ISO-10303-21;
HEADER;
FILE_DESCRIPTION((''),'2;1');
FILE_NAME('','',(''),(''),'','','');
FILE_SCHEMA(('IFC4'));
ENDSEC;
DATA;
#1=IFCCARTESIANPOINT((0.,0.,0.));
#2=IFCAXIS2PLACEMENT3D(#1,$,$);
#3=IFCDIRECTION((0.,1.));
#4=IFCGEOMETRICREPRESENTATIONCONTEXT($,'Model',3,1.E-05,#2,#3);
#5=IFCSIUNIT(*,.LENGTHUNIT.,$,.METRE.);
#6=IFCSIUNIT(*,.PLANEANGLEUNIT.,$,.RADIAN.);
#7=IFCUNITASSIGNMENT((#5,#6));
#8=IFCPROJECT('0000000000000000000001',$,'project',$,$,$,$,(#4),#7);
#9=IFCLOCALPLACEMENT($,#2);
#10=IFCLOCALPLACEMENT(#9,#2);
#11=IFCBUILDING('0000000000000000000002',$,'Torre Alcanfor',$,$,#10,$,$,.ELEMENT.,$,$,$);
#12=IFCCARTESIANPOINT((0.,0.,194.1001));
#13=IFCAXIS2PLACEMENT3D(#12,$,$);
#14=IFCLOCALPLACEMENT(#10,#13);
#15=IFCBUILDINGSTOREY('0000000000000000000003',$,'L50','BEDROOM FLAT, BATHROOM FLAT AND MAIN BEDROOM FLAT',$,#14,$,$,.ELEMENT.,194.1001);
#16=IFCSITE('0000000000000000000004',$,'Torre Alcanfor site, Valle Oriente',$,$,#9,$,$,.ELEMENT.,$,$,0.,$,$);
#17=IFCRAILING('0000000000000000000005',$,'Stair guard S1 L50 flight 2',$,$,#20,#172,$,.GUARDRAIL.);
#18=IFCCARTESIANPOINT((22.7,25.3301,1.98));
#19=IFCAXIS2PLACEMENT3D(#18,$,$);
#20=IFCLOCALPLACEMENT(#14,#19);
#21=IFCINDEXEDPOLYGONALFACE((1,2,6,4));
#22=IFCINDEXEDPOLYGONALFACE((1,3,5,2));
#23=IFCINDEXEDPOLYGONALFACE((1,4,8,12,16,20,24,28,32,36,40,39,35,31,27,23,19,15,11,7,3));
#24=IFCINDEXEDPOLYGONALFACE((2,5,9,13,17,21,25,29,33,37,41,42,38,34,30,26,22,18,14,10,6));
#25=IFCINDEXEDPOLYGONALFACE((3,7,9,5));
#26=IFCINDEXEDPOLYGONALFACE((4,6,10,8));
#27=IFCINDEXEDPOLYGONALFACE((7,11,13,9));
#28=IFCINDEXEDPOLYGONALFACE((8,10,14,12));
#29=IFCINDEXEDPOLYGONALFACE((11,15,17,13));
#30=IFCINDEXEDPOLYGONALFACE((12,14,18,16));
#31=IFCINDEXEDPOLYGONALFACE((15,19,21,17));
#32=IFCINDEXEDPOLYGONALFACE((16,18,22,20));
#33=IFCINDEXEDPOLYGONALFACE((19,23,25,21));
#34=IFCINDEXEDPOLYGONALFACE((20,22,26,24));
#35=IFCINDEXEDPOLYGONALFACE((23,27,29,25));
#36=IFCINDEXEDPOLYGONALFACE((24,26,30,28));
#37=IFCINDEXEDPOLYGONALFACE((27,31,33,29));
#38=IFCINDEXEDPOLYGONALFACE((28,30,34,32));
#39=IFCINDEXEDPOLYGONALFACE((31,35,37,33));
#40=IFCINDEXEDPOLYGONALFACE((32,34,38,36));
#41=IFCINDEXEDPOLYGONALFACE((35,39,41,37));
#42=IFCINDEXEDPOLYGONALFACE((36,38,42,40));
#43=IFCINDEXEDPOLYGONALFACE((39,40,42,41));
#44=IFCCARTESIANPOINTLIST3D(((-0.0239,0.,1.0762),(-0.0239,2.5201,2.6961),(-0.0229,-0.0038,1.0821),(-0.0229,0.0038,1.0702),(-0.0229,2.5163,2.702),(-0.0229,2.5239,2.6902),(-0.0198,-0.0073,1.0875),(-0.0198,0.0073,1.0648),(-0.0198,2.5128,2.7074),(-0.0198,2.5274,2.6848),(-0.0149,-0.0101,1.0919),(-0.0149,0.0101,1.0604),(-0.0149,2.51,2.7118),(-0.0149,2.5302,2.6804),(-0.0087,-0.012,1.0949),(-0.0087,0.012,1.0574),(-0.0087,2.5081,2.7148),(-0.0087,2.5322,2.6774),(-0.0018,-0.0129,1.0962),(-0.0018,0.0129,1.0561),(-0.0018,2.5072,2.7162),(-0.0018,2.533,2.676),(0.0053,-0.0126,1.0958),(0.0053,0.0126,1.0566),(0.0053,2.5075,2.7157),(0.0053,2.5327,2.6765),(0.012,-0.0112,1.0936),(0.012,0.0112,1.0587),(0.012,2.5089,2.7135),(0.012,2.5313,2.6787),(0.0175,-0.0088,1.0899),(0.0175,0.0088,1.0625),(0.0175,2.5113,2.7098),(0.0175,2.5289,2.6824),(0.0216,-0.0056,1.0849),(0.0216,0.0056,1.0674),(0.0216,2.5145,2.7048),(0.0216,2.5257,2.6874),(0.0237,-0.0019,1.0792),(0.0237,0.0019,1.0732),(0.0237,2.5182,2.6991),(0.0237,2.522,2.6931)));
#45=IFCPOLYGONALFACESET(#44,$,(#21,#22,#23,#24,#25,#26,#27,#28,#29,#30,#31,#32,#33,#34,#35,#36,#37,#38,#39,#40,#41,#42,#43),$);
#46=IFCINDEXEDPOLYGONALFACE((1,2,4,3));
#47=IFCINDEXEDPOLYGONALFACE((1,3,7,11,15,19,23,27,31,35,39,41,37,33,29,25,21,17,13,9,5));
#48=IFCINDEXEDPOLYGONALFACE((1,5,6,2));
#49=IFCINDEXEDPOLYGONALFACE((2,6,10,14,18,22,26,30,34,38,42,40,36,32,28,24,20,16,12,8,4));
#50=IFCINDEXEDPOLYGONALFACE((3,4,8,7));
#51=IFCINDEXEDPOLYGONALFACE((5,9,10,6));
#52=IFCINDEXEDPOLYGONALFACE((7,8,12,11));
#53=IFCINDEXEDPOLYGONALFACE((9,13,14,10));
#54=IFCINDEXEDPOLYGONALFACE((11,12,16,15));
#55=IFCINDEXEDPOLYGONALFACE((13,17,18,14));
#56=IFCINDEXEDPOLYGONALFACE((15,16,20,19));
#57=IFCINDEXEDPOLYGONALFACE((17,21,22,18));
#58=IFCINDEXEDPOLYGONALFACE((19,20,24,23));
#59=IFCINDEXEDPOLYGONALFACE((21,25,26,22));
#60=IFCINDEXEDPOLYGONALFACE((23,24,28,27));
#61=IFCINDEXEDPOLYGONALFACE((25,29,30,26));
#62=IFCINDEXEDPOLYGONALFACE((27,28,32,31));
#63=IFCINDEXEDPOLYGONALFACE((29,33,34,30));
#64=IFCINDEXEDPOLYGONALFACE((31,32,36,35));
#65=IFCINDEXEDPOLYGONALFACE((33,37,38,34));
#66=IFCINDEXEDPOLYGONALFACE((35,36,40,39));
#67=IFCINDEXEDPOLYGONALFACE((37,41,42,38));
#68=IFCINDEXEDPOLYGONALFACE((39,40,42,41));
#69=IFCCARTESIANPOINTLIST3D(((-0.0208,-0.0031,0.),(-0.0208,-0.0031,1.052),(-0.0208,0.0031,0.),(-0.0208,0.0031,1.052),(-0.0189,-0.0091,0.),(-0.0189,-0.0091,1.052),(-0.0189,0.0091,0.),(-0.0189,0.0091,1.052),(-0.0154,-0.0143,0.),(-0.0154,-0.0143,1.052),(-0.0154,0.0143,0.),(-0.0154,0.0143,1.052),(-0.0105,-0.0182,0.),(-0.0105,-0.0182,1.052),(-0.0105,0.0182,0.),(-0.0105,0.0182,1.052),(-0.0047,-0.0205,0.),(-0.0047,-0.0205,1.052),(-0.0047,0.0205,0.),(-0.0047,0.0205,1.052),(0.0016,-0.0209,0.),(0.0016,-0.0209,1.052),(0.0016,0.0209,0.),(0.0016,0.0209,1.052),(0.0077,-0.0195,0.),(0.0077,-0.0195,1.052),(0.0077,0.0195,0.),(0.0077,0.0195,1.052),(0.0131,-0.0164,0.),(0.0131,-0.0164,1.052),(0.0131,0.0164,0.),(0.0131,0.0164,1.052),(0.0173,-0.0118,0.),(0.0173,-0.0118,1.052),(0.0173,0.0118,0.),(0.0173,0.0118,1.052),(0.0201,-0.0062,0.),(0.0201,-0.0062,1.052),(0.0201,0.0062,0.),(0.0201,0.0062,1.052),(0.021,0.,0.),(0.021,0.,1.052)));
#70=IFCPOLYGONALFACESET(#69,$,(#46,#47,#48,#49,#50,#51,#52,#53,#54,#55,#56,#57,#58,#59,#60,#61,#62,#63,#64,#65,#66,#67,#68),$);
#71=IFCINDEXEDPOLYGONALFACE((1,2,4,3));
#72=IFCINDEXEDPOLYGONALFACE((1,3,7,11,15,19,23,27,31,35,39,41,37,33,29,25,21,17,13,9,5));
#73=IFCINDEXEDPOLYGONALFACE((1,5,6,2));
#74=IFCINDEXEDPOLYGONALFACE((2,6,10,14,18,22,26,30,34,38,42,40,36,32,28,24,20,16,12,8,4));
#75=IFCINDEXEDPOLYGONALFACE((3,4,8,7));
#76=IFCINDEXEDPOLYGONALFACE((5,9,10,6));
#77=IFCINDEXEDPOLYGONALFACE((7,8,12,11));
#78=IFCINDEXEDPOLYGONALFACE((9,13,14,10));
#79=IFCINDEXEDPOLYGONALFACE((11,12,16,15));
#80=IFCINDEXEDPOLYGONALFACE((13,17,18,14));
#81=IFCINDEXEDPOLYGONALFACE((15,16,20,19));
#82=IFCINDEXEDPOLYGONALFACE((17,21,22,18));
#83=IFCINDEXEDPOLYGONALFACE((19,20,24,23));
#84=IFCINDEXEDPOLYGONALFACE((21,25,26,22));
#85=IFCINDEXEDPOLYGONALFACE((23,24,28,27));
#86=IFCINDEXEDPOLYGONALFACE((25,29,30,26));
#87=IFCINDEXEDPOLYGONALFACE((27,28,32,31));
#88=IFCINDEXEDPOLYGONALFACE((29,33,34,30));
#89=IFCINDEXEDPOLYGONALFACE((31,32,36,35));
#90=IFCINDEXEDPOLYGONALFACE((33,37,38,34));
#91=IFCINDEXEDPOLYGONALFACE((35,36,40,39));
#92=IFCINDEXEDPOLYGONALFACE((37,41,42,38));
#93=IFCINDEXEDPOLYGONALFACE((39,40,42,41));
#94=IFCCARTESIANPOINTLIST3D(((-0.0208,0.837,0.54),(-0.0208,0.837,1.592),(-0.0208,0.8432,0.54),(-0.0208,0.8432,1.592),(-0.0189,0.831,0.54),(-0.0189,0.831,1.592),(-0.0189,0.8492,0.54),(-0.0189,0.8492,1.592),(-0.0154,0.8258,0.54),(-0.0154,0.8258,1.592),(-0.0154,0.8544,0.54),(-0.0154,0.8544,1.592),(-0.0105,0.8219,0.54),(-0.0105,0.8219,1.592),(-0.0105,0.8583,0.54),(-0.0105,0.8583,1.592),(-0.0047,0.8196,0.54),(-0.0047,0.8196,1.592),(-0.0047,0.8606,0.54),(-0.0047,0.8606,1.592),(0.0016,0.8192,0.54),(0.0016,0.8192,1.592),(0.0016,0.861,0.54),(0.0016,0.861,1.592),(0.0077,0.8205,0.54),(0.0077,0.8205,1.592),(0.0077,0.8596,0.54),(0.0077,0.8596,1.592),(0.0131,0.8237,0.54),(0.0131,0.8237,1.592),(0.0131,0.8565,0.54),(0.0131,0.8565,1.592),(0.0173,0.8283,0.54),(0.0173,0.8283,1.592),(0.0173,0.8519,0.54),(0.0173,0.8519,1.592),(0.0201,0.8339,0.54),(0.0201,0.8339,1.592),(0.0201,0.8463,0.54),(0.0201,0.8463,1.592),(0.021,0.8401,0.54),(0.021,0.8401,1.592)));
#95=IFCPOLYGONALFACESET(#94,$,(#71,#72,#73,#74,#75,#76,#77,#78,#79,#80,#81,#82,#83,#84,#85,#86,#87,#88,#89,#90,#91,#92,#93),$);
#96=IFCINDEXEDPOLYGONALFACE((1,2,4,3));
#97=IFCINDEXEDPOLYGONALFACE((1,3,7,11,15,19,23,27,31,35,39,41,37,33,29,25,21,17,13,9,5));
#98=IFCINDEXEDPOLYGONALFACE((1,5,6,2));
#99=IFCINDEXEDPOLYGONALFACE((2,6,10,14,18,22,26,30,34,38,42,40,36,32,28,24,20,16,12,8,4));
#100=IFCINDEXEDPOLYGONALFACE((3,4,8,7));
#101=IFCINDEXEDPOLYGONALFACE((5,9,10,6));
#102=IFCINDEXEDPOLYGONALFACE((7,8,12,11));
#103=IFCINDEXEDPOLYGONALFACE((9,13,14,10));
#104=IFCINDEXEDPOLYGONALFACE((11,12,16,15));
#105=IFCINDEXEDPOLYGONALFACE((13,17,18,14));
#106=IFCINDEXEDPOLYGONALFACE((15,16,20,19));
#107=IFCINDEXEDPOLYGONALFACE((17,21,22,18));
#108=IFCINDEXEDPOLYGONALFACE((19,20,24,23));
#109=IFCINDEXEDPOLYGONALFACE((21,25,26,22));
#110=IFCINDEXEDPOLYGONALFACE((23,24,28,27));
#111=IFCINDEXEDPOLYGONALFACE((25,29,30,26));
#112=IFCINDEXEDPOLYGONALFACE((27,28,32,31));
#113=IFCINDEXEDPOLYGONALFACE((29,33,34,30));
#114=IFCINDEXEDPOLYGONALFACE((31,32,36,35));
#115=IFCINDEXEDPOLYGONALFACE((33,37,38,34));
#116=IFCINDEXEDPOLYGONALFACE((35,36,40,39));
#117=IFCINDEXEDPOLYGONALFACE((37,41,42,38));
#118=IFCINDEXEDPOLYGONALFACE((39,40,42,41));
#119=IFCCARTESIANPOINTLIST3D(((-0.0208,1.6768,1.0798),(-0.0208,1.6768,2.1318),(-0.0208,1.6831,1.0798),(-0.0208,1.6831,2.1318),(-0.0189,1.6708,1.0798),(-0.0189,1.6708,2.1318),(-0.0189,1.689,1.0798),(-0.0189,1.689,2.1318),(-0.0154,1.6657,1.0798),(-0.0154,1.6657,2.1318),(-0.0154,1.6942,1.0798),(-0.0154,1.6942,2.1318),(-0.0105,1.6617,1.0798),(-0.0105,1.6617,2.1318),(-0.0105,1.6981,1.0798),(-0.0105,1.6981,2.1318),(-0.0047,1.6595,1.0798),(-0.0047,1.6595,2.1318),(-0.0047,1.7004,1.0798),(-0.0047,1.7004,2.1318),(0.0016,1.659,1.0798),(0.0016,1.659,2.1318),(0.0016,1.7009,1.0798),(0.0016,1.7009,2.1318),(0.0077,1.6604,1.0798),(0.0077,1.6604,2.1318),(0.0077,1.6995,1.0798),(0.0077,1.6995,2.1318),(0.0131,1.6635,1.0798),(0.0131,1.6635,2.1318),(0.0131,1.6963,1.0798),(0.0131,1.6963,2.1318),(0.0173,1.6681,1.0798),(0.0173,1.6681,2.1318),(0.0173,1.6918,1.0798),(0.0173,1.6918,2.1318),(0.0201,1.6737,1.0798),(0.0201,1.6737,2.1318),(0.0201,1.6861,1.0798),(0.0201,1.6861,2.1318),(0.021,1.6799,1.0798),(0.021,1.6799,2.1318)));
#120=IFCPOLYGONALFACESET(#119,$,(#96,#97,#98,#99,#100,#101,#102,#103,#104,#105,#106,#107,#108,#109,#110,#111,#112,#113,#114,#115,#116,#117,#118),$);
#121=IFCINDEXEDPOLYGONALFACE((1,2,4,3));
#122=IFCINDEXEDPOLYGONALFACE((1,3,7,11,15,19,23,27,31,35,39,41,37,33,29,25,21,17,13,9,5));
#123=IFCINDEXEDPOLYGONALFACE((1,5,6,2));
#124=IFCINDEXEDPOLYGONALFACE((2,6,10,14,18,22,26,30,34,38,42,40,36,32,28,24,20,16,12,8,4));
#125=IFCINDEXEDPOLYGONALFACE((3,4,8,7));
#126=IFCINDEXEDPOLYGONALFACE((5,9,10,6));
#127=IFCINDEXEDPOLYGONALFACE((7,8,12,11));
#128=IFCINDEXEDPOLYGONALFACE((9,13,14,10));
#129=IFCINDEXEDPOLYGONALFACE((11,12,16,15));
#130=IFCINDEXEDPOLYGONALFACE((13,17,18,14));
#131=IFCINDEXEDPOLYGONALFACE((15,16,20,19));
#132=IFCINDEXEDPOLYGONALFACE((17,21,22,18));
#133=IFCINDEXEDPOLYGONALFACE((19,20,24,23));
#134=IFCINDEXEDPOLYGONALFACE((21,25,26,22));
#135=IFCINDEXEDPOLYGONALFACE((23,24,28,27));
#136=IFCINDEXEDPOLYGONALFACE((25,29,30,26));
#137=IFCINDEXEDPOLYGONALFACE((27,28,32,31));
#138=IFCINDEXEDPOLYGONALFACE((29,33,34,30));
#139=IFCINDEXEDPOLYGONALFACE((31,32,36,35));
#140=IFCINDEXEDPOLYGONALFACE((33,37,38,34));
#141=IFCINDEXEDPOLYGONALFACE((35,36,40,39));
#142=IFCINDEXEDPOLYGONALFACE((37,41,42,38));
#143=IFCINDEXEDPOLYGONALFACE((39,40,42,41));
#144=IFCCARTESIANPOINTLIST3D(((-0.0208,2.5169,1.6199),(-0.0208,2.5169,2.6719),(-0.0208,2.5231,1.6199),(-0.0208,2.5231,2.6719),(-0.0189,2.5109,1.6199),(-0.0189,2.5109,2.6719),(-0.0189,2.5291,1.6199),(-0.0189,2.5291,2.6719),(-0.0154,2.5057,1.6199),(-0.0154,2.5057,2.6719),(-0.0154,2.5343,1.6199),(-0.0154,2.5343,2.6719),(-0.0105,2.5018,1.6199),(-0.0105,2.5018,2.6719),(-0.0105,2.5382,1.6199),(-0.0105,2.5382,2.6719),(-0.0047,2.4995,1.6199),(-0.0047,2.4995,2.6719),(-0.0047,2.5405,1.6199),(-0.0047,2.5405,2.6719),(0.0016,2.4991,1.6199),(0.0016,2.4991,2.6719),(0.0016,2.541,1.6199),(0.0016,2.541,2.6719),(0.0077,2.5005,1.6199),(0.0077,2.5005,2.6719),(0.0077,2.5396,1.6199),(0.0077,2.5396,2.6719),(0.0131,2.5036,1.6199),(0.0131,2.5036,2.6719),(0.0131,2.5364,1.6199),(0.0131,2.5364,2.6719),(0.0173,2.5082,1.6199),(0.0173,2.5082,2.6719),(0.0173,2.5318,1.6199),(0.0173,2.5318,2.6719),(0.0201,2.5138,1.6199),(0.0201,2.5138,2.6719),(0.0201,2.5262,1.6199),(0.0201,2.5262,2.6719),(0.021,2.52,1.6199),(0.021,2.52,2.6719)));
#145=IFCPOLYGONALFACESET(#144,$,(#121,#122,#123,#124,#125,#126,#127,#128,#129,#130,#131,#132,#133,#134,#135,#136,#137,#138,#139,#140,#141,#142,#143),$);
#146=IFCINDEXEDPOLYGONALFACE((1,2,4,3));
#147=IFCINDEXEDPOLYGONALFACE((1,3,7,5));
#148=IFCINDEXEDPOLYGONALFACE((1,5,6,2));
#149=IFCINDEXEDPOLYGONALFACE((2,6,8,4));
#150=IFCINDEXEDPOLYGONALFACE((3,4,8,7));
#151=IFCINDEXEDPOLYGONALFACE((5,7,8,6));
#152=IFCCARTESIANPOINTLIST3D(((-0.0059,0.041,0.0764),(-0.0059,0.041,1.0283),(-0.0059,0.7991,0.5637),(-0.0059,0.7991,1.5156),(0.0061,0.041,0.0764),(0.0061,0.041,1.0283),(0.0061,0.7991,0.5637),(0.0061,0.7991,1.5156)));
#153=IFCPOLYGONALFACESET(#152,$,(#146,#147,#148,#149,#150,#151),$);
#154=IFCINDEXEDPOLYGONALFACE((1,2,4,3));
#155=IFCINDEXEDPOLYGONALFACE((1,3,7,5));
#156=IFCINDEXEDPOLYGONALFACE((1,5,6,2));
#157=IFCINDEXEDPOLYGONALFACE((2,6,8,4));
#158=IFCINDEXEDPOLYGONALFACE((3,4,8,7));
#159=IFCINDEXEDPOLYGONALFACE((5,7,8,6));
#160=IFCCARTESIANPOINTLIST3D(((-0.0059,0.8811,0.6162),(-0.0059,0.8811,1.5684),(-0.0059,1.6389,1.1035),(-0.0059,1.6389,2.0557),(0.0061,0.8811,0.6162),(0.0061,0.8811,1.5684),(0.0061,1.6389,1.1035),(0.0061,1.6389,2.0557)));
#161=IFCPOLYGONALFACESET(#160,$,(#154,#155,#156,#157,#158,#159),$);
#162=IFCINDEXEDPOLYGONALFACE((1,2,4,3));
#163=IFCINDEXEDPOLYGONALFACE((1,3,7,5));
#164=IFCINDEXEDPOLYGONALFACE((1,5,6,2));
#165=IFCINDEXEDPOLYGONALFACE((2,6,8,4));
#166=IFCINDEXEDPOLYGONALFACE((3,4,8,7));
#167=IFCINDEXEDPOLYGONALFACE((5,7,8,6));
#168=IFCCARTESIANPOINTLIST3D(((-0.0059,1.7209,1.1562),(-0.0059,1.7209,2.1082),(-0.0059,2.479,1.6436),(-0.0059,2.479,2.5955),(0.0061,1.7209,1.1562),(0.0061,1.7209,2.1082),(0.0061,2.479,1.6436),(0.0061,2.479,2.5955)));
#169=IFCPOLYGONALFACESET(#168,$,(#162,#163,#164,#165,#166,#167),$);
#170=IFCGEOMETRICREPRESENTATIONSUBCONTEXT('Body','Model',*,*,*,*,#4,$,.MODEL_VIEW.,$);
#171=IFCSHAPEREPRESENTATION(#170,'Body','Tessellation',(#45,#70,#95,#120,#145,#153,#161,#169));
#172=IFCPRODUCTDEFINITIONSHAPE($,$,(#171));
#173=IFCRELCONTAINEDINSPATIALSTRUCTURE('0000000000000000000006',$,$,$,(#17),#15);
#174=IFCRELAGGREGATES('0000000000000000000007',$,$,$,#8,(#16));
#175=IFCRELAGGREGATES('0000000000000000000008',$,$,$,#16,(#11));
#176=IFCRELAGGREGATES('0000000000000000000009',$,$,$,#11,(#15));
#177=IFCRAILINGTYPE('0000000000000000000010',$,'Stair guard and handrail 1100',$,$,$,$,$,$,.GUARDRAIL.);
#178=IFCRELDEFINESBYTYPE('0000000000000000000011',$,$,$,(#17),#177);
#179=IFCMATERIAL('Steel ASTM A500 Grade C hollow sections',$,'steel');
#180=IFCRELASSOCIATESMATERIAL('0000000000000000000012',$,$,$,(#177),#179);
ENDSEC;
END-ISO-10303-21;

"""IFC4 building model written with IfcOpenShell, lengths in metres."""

from ifc_helpers import new_model, si_unit, direction, frame, origin, origin_2d, place, context, subcontext, project, spatial, polyline, circle, outline, extrude, material, type_object, element, save


model = new_model("IFC4")

# Units and contexts
model_context = context("Model", 3, precision=1e-05, world=origin(), true_north=direction((0.0, 1.0)))
body_context = subcontext(model_context, "Body", "Model", "MODEL_VIEW")
ifc_project = project(units=[si_unit("LENGTHUNIT", "METRE"), si_unit("PLANEANGLEUNIT", "RADIAN")], contexts=[model_context])

# Site, building, storey
site_placement = place(None, origin())
site = spatial("IfcSite", under=ifc_project, at=site_placement, Name="Torre Alcanfor site, Valle Oriente", CompositionType="ELEMENT", RefElevation=0.0)
building_placement = place(site_placement, origin())
building = spatial("IfcBuilding", under=site, at=building_placement, Name="Torre Alcanfor", CompositionType="ELEMENT")
storey_placement = place(building_placement, frame((0.0, 0.0, 194.1001)))
storey = spatial("IfcBuildingStorey", under=building, at=storey_placement, Name="L50", Description="BEDROOM FLAT, BATHROOM FLAT AND MAIN BEDROOM FLAT", CompositionType="ELEMENT", Elevation=194.1001)

# Railing
ifc_material_1 = material(Name="Steel ASTM A500 Grade C hollow sections", Category="steel")
railing_type = type_object("IfcRailingType", Name="Stair guard and handrail 1100", PredefinedType="GUARDRAIL", material=ifc_material_1)
railing_1_placement = place(storey_placement, frame((22.7, 25.3301, 1.98)))
element("IfcRailing", 1, at=railing_1_placement, inside=storey, type_object=railing_type, Name="Stair guard S1 L50 flight 2", PredefinedType="GUARDRAIL", context=body_context, shape_type="SweptSolid", body=[
    extrude(circle(Radius=0.0239, at=origin_2d()), frame((0.0, 0.0, 1.0762), z_axis=(0.0, 0.8412, 0.540725), x_axis=(-1.0, 0.0, 0.0)), (0.0, 0.0, 1.0), 2.9958),
    extrude(circle(Radius=0.021, at=origin_2d()), origin(), (0.0, 0.0, 1.0), 1.052),
    extrude(circle(Radius=0.021, at=origin_2d()), frame((0.0, 0.8401, 0.54)), (0.0, 0.0, 1.0), 1.052),
    extrude(circle(Radius=0.021, at=origin_2d()), frame((0.0, 1.6799, 1.0798)), (0.0, 0.0, 1.0), 1.052),
    extrude(circle(Radius=0.021, at=origin_2d()), frame((0.0, 2.52, 1.6199)), (0.0, 0.0, 1.0), 1.052),
    extrude(outline(polyline([(0.041, 0.0764), (0.7991, 0.5637), (0.7991, 1.5156), (0.041, 1.0283), (0.041, 0.0764)])), frame((-0.0059, 0.0, 0.0), z_axis=(1.0, 0.0, 0.0), x_axis=(0.0, 1.0, 0.0)), (0.0, 0.0, 1.0), 0.012),
    extrude(outline(polyline([(0.8811, 0.6162), (1.6389, 1.1035), (1.6389, 2.0557), (0.8811, 1.5684), (0.8811, 0.6162)])), frame((-0.0059, 0.0, 0.0), z_axis=(1.0, 0.0, 0.0), x_axis=(0.0, 1.0, 0.0)), (0.0, 0.0, 1.0), 0.012),
    extrude(outline(polyline([(1.7209, 1.1562), (2.479, 1.6436), (2.479, 2.5955), (1.7209, 2.1082), (1.7209, 1.1562)])), frame((-0.0059, 0.0, 0.0), z_axis=(1.0, 0.0, 0.0), x_axis=(0.0, 1.0, 0.0)), (0.0, 0.0, 1.0), 0.012),
])

save(model, "model.ifc")
